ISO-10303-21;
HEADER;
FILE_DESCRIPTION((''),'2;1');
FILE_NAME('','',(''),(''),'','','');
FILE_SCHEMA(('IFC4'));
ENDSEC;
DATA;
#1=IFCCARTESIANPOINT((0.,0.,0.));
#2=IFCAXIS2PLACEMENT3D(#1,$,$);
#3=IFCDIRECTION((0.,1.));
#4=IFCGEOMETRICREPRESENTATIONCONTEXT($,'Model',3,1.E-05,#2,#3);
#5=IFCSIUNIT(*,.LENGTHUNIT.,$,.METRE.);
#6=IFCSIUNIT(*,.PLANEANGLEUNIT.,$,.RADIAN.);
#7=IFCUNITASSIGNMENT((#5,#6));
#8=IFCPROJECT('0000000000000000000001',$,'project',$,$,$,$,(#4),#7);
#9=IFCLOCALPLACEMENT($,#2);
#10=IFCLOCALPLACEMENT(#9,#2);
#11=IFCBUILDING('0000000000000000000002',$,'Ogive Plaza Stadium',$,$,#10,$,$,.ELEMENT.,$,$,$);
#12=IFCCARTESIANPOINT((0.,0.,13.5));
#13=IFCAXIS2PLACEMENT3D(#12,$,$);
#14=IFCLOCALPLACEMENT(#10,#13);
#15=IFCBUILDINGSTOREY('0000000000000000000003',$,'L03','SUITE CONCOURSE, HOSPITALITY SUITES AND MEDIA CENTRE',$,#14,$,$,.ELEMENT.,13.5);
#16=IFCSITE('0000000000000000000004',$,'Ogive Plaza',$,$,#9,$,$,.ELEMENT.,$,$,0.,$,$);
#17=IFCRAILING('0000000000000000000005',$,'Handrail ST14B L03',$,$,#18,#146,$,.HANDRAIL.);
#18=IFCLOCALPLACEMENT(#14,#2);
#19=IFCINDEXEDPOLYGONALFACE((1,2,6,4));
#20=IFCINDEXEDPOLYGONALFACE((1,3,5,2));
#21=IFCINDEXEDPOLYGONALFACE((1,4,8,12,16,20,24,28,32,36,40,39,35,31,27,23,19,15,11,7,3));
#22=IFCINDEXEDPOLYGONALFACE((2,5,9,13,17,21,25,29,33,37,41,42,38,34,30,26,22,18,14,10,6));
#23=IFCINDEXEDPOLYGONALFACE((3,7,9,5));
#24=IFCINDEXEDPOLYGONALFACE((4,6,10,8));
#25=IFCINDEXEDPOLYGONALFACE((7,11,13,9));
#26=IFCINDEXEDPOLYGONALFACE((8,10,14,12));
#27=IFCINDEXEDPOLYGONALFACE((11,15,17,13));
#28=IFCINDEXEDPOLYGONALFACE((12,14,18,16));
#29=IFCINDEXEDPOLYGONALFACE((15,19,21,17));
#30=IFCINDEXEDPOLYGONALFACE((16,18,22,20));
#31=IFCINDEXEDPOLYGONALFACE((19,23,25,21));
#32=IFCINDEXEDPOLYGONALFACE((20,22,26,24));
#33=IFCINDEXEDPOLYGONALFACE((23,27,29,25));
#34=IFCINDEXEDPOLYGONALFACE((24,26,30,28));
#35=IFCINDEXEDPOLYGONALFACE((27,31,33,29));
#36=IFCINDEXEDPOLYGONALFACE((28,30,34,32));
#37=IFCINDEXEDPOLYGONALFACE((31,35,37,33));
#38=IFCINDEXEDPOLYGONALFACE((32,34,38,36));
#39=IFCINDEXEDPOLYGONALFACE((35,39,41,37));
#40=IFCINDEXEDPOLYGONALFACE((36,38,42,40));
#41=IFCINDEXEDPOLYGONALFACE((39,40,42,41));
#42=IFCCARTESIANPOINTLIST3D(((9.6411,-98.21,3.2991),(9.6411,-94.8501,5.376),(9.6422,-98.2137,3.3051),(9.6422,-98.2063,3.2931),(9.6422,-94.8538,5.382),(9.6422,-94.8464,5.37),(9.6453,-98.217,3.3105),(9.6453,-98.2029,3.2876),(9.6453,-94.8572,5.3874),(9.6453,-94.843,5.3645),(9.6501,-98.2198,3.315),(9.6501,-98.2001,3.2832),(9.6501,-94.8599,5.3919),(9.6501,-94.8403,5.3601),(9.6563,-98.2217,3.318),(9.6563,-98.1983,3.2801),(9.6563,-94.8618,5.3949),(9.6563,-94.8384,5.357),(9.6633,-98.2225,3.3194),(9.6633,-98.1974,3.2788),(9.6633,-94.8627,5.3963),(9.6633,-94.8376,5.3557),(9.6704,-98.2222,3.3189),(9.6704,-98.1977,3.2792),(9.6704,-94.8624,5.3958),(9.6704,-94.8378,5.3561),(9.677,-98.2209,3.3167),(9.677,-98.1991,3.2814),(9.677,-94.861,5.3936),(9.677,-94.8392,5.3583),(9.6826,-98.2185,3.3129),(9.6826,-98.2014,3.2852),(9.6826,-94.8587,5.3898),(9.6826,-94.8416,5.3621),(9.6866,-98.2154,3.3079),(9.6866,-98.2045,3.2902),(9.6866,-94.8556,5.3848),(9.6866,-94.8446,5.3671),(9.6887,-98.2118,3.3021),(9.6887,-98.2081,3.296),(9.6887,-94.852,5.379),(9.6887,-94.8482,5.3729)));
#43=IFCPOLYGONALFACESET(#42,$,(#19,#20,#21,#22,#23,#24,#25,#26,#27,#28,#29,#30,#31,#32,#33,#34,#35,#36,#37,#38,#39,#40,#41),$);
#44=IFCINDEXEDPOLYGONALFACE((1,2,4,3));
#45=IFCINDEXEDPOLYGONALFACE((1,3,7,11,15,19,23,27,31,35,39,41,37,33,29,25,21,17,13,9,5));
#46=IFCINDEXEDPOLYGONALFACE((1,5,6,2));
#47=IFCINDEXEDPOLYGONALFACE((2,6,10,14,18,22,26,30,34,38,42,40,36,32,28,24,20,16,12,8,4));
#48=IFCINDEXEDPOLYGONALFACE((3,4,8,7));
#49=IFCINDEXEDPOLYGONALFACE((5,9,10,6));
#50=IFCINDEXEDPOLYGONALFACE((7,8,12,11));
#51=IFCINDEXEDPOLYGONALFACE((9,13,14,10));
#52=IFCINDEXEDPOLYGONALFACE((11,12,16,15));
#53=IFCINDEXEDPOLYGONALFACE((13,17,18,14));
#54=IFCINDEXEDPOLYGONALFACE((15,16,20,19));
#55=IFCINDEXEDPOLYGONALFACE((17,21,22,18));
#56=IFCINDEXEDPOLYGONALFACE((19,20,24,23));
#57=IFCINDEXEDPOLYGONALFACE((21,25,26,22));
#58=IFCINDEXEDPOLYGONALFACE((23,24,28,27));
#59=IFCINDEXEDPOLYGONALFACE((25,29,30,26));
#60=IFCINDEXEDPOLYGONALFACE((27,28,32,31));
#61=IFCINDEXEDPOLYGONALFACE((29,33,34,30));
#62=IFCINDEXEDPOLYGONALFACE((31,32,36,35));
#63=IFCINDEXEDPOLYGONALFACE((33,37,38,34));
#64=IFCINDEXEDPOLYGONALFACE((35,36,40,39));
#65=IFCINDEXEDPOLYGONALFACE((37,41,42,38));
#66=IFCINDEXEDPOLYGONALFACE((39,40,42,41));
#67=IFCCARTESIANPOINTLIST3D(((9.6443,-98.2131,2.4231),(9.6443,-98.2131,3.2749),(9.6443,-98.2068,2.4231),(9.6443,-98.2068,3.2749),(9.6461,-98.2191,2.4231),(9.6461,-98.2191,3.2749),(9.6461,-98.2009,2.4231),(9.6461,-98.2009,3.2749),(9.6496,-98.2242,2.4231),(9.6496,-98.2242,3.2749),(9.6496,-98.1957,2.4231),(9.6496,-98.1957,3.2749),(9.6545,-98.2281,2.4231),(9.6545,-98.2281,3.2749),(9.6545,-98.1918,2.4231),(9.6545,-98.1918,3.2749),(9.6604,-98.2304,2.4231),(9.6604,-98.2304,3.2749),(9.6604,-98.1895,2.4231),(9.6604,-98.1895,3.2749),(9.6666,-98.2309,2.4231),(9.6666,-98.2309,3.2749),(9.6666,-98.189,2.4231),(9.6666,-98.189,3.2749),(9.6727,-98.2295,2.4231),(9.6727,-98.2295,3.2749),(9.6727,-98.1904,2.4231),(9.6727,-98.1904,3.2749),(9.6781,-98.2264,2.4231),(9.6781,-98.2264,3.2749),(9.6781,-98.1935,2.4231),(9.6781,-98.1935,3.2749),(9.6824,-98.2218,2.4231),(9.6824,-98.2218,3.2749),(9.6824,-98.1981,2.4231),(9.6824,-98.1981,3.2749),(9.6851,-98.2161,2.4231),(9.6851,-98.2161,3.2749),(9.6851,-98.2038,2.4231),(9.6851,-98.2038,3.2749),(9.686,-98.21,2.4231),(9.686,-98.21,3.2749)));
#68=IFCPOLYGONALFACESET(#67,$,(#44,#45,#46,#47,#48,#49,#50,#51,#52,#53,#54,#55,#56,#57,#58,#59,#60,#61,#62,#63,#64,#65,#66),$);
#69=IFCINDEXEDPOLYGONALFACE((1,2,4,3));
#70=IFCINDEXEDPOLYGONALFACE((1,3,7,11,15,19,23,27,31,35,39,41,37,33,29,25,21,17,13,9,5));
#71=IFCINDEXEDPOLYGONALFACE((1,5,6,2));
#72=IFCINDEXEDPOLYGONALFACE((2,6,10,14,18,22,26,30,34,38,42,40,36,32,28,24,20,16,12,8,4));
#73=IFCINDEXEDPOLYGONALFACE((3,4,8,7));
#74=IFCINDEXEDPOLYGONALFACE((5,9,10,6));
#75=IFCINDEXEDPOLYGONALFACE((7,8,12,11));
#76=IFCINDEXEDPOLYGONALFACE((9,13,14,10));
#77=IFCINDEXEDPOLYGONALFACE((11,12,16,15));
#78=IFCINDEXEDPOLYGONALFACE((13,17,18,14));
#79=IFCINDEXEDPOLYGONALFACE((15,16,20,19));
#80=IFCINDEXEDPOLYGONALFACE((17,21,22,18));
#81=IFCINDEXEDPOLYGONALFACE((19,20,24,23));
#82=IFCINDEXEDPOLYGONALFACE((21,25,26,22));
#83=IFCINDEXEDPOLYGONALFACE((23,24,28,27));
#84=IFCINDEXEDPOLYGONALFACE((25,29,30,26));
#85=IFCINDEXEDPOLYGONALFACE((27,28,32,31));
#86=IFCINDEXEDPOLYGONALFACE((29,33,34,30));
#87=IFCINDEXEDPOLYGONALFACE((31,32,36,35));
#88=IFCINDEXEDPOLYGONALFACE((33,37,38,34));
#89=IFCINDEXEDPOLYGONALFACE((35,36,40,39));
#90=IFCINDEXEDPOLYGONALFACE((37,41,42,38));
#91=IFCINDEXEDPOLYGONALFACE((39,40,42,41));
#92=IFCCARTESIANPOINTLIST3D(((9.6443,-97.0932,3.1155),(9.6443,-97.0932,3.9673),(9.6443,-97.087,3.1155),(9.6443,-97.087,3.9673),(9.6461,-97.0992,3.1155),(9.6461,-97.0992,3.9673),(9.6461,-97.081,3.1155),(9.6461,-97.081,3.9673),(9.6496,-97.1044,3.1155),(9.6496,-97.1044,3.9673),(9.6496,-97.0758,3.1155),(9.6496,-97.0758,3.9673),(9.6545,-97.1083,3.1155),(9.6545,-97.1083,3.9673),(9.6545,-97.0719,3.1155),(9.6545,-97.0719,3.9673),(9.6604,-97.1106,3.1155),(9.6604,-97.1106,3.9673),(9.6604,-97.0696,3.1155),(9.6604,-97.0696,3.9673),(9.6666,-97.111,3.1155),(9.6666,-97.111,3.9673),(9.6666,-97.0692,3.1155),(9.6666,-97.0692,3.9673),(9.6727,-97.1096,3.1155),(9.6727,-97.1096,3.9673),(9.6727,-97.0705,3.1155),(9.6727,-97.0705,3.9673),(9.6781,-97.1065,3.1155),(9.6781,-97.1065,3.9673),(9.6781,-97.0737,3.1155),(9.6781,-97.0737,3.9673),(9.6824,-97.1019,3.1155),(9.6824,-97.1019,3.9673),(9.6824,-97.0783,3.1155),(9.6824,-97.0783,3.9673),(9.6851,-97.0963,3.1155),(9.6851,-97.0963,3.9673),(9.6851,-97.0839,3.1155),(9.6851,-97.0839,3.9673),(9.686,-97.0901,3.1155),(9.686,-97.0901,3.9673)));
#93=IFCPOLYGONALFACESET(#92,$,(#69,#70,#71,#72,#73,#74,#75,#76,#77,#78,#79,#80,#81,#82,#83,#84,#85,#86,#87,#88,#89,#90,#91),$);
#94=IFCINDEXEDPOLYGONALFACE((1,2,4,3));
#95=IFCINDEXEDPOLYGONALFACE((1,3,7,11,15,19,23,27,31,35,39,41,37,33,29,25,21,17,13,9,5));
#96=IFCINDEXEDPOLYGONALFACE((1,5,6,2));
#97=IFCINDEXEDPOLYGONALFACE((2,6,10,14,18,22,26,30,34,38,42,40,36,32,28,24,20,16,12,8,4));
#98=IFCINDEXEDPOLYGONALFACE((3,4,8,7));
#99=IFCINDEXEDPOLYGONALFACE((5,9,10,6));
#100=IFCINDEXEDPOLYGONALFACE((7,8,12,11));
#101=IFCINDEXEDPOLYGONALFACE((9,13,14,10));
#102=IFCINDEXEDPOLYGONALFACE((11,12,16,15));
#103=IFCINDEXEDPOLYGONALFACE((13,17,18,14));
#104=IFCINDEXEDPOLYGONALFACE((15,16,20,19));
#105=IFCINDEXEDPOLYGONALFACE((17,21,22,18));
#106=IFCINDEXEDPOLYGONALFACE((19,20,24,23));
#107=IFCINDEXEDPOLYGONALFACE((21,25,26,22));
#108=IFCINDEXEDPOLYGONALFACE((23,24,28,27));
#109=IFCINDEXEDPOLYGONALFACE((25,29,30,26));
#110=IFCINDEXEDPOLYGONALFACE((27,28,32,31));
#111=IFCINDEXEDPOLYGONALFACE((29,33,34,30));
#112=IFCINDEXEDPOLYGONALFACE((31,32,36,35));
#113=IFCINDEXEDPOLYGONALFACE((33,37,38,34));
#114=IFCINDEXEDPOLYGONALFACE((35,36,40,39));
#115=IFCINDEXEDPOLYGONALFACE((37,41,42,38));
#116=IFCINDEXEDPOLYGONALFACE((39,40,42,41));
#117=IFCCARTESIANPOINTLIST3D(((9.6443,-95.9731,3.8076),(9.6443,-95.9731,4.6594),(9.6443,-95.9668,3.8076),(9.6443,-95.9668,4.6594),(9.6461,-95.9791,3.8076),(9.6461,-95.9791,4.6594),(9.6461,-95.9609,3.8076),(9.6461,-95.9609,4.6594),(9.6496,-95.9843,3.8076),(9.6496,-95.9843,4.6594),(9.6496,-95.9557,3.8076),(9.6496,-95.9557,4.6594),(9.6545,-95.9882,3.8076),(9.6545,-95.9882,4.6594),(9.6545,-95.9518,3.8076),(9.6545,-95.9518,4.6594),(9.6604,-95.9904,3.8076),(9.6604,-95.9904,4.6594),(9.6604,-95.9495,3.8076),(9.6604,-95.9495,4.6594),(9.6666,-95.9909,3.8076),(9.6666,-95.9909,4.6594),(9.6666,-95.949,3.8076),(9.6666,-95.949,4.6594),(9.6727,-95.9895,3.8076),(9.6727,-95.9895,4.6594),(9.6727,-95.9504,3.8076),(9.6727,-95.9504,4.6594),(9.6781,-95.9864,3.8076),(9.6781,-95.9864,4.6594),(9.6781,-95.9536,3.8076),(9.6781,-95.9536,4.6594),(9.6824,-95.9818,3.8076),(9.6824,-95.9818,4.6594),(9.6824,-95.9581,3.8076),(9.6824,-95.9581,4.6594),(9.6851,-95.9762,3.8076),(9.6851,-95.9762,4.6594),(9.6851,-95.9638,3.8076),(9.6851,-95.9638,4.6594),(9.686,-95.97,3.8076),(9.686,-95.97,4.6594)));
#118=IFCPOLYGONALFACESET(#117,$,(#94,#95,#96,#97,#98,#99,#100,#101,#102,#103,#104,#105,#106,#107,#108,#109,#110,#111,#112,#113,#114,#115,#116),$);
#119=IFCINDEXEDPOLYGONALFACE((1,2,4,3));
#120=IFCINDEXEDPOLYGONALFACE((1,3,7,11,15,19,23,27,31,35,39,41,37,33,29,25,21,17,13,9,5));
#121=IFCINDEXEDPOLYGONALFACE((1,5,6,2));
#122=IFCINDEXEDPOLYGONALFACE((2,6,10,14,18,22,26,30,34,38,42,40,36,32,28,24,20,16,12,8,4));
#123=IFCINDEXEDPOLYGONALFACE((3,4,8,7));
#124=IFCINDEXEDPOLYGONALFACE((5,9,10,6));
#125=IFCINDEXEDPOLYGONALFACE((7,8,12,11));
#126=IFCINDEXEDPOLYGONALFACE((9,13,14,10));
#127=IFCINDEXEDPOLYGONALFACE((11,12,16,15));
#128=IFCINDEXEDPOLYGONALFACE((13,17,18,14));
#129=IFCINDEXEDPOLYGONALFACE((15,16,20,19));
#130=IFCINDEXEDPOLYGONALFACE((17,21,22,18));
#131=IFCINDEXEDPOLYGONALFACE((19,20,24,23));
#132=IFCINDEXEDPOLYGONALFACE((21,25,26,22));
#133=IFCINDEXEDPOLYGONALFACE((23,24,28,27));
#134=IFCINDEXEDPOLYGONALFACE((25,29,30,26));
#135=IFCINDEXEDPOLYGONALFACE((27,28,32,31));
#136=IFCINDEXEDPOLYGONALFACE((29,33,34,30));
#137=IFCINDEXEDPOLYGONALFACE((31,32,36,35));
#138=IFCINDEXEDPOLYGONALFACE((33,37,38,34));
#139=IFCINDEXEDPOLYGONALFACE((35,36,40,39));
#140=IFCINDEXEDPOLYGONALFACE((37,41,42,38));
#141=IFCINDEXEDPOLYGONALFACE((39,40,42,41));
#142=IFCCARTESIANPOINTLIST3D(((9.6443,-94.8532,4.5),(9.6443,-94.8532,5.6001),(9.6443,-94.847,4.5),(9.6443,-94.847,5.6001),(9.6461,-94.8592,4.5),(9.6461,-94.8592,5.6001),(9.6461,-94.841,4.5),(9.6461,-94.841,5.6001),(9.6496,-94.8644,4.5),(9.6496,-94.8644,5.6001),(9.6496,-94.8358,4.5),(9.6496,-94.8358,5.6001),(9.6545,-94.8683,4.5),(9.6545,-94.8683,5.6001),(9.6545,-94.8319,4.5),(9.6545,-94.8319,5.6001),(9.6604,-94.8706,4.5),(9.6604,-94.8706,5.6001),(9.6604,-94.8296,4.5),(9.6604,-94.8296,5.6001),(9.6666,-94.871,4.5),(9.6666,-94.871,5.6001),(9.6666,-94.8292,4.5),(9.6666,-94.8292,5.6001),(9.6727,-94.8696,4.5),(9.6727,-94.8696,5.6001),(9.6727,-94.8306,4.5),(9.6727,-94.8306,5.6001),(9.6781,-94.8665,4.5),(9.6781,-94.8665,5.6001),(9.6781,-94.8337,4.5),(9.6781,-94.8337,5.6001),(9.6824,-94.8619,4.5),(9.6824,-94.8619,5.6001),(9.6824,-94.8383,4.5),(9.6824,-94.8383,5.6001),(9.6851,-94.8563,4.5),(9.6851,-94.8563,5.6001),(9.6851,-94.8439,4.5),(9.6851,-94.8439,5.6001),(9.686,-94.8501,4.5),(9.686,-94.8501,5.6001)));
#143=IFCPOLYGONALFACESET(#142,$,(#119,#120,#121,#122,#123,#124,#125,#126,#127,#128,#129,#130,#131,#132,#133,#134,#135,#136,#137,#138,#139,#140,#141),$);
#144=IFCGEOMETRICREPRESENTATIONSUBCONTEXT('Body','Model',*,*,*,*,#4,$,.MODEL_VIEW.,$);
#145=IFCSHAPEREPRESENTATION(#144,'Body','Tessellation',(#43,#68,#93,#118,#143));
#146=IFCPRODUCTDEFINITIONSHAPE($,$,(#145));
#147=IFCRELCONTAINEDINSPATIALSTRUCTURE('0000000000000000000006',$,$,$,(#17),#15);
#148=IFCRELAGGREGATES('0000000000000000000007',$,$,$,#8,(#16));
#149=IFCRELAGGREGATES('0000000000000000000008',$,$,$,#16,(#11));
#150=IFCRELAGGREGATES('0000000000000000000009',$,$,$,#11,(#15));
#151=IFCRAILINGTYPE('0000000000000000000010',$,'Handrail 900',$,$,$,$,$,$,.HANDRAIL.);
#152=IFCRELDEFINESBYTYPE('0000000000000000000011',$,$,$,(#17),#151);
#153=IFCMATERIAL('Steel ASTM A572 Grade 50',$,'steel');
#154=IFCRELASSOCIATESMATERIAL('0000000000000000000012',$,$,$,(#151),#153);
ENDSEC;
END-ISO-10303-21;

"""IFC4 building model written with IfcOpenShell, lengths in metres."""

from ifc_helpers import new_model, si_unit, direction, frame, origin, origin_2d, place, context, subcontext, project, spatial, circle, extrude, material, type_object, element, save


model = new_model("IFC4")

# Units and contexts
model_context = context("Model", 3, precision=1e-05, world=origin(), true_north=direction((0.0, 1.0)))
body_context = subcontext(model_context, "Body", "Model", "MODEL_VIEW")
ifc_project = project(units=[si_unit("LENGTHUNIT", "METRE"), si_unit("PLANEANGLEUNIT", "RADIAN")], contexts=[model_context])

# Site, building, storey
site_placement = place(None, origin())
site = spatial("IfcSite", under=ifc_project, at=site_placement, Name="Ogive Plaza", CompositionType="ELEMENT", RefElevation=0.0)
building_placement = place(site_placement, origin())
building = spatial("IfcBuilding", under=site, at=building_placement, Name="Ogive Plaza Stadium", CompositionType="ELEMENT")
storey_placement = place(building_placement, frame((0.0, 0.0, 13.5)))
storey = spatial("IfcBuildingStorey", under=building, at=storey_placement, Name="L03", Description="SUITE CONCOURSE, HOSPITALITY SUITES AND MEDIA CENTRE", CompositionType="ELEMENT", Elevation=13.5)

# Railing
ifc_material_1 = material(Name="Steel ASTM A572 Grade 50", Category="steel")
railing_type_1 = type_object("IfcRailingType", Name="Handrail 900", PredefinedType="HANDRAIL", material=ifc_material_1)
for number, where, name in (
    (1, (9.665, -98.21, 2.4231), "Handrail ST14B L03"),
):
    element("IfcRailing", number, at=place(storey_placement, frame(where)), inside=storey, type_object=railing_type_1, Name=name, PredefinedType="HANDRAIL", context=body_context, shape_type="SweptSolid", body=[
        extrude(circle(Radius=0.0239, at=origin_2d()), frame((0.0, 0.0, 0.876), z_axis=(0.0, 0.850606, 0.525803), x_axis=(-1.0, 0.0, 0.0)), (0.0, 0.0, 1.0), 3.95),
        extrude(circle(Radius=0.021, at=origin_2d()), origin(), (0.0, 0.0, 1.0), 0.8518),
        extrude(circle(Radius=0.021, at=origin_2d()), frame((0.0, 1.1199, 0.6924)), (0.0, 0.0, 1.0), 0.8518),
        extrude(circle(Radius=0.021, at=origin_2d()), frame((0.0, 2.24, 1.3845)), (0.0, 0.0, 1.0), 0.8518),
        extrude(circle(Radius=0.021, at=origin_2d()), frame((0.0, 3.3599, 2.0769)), (0.0, 0.0, 1.0), 1.1001),
    ])

save(model, "model.ifc")
